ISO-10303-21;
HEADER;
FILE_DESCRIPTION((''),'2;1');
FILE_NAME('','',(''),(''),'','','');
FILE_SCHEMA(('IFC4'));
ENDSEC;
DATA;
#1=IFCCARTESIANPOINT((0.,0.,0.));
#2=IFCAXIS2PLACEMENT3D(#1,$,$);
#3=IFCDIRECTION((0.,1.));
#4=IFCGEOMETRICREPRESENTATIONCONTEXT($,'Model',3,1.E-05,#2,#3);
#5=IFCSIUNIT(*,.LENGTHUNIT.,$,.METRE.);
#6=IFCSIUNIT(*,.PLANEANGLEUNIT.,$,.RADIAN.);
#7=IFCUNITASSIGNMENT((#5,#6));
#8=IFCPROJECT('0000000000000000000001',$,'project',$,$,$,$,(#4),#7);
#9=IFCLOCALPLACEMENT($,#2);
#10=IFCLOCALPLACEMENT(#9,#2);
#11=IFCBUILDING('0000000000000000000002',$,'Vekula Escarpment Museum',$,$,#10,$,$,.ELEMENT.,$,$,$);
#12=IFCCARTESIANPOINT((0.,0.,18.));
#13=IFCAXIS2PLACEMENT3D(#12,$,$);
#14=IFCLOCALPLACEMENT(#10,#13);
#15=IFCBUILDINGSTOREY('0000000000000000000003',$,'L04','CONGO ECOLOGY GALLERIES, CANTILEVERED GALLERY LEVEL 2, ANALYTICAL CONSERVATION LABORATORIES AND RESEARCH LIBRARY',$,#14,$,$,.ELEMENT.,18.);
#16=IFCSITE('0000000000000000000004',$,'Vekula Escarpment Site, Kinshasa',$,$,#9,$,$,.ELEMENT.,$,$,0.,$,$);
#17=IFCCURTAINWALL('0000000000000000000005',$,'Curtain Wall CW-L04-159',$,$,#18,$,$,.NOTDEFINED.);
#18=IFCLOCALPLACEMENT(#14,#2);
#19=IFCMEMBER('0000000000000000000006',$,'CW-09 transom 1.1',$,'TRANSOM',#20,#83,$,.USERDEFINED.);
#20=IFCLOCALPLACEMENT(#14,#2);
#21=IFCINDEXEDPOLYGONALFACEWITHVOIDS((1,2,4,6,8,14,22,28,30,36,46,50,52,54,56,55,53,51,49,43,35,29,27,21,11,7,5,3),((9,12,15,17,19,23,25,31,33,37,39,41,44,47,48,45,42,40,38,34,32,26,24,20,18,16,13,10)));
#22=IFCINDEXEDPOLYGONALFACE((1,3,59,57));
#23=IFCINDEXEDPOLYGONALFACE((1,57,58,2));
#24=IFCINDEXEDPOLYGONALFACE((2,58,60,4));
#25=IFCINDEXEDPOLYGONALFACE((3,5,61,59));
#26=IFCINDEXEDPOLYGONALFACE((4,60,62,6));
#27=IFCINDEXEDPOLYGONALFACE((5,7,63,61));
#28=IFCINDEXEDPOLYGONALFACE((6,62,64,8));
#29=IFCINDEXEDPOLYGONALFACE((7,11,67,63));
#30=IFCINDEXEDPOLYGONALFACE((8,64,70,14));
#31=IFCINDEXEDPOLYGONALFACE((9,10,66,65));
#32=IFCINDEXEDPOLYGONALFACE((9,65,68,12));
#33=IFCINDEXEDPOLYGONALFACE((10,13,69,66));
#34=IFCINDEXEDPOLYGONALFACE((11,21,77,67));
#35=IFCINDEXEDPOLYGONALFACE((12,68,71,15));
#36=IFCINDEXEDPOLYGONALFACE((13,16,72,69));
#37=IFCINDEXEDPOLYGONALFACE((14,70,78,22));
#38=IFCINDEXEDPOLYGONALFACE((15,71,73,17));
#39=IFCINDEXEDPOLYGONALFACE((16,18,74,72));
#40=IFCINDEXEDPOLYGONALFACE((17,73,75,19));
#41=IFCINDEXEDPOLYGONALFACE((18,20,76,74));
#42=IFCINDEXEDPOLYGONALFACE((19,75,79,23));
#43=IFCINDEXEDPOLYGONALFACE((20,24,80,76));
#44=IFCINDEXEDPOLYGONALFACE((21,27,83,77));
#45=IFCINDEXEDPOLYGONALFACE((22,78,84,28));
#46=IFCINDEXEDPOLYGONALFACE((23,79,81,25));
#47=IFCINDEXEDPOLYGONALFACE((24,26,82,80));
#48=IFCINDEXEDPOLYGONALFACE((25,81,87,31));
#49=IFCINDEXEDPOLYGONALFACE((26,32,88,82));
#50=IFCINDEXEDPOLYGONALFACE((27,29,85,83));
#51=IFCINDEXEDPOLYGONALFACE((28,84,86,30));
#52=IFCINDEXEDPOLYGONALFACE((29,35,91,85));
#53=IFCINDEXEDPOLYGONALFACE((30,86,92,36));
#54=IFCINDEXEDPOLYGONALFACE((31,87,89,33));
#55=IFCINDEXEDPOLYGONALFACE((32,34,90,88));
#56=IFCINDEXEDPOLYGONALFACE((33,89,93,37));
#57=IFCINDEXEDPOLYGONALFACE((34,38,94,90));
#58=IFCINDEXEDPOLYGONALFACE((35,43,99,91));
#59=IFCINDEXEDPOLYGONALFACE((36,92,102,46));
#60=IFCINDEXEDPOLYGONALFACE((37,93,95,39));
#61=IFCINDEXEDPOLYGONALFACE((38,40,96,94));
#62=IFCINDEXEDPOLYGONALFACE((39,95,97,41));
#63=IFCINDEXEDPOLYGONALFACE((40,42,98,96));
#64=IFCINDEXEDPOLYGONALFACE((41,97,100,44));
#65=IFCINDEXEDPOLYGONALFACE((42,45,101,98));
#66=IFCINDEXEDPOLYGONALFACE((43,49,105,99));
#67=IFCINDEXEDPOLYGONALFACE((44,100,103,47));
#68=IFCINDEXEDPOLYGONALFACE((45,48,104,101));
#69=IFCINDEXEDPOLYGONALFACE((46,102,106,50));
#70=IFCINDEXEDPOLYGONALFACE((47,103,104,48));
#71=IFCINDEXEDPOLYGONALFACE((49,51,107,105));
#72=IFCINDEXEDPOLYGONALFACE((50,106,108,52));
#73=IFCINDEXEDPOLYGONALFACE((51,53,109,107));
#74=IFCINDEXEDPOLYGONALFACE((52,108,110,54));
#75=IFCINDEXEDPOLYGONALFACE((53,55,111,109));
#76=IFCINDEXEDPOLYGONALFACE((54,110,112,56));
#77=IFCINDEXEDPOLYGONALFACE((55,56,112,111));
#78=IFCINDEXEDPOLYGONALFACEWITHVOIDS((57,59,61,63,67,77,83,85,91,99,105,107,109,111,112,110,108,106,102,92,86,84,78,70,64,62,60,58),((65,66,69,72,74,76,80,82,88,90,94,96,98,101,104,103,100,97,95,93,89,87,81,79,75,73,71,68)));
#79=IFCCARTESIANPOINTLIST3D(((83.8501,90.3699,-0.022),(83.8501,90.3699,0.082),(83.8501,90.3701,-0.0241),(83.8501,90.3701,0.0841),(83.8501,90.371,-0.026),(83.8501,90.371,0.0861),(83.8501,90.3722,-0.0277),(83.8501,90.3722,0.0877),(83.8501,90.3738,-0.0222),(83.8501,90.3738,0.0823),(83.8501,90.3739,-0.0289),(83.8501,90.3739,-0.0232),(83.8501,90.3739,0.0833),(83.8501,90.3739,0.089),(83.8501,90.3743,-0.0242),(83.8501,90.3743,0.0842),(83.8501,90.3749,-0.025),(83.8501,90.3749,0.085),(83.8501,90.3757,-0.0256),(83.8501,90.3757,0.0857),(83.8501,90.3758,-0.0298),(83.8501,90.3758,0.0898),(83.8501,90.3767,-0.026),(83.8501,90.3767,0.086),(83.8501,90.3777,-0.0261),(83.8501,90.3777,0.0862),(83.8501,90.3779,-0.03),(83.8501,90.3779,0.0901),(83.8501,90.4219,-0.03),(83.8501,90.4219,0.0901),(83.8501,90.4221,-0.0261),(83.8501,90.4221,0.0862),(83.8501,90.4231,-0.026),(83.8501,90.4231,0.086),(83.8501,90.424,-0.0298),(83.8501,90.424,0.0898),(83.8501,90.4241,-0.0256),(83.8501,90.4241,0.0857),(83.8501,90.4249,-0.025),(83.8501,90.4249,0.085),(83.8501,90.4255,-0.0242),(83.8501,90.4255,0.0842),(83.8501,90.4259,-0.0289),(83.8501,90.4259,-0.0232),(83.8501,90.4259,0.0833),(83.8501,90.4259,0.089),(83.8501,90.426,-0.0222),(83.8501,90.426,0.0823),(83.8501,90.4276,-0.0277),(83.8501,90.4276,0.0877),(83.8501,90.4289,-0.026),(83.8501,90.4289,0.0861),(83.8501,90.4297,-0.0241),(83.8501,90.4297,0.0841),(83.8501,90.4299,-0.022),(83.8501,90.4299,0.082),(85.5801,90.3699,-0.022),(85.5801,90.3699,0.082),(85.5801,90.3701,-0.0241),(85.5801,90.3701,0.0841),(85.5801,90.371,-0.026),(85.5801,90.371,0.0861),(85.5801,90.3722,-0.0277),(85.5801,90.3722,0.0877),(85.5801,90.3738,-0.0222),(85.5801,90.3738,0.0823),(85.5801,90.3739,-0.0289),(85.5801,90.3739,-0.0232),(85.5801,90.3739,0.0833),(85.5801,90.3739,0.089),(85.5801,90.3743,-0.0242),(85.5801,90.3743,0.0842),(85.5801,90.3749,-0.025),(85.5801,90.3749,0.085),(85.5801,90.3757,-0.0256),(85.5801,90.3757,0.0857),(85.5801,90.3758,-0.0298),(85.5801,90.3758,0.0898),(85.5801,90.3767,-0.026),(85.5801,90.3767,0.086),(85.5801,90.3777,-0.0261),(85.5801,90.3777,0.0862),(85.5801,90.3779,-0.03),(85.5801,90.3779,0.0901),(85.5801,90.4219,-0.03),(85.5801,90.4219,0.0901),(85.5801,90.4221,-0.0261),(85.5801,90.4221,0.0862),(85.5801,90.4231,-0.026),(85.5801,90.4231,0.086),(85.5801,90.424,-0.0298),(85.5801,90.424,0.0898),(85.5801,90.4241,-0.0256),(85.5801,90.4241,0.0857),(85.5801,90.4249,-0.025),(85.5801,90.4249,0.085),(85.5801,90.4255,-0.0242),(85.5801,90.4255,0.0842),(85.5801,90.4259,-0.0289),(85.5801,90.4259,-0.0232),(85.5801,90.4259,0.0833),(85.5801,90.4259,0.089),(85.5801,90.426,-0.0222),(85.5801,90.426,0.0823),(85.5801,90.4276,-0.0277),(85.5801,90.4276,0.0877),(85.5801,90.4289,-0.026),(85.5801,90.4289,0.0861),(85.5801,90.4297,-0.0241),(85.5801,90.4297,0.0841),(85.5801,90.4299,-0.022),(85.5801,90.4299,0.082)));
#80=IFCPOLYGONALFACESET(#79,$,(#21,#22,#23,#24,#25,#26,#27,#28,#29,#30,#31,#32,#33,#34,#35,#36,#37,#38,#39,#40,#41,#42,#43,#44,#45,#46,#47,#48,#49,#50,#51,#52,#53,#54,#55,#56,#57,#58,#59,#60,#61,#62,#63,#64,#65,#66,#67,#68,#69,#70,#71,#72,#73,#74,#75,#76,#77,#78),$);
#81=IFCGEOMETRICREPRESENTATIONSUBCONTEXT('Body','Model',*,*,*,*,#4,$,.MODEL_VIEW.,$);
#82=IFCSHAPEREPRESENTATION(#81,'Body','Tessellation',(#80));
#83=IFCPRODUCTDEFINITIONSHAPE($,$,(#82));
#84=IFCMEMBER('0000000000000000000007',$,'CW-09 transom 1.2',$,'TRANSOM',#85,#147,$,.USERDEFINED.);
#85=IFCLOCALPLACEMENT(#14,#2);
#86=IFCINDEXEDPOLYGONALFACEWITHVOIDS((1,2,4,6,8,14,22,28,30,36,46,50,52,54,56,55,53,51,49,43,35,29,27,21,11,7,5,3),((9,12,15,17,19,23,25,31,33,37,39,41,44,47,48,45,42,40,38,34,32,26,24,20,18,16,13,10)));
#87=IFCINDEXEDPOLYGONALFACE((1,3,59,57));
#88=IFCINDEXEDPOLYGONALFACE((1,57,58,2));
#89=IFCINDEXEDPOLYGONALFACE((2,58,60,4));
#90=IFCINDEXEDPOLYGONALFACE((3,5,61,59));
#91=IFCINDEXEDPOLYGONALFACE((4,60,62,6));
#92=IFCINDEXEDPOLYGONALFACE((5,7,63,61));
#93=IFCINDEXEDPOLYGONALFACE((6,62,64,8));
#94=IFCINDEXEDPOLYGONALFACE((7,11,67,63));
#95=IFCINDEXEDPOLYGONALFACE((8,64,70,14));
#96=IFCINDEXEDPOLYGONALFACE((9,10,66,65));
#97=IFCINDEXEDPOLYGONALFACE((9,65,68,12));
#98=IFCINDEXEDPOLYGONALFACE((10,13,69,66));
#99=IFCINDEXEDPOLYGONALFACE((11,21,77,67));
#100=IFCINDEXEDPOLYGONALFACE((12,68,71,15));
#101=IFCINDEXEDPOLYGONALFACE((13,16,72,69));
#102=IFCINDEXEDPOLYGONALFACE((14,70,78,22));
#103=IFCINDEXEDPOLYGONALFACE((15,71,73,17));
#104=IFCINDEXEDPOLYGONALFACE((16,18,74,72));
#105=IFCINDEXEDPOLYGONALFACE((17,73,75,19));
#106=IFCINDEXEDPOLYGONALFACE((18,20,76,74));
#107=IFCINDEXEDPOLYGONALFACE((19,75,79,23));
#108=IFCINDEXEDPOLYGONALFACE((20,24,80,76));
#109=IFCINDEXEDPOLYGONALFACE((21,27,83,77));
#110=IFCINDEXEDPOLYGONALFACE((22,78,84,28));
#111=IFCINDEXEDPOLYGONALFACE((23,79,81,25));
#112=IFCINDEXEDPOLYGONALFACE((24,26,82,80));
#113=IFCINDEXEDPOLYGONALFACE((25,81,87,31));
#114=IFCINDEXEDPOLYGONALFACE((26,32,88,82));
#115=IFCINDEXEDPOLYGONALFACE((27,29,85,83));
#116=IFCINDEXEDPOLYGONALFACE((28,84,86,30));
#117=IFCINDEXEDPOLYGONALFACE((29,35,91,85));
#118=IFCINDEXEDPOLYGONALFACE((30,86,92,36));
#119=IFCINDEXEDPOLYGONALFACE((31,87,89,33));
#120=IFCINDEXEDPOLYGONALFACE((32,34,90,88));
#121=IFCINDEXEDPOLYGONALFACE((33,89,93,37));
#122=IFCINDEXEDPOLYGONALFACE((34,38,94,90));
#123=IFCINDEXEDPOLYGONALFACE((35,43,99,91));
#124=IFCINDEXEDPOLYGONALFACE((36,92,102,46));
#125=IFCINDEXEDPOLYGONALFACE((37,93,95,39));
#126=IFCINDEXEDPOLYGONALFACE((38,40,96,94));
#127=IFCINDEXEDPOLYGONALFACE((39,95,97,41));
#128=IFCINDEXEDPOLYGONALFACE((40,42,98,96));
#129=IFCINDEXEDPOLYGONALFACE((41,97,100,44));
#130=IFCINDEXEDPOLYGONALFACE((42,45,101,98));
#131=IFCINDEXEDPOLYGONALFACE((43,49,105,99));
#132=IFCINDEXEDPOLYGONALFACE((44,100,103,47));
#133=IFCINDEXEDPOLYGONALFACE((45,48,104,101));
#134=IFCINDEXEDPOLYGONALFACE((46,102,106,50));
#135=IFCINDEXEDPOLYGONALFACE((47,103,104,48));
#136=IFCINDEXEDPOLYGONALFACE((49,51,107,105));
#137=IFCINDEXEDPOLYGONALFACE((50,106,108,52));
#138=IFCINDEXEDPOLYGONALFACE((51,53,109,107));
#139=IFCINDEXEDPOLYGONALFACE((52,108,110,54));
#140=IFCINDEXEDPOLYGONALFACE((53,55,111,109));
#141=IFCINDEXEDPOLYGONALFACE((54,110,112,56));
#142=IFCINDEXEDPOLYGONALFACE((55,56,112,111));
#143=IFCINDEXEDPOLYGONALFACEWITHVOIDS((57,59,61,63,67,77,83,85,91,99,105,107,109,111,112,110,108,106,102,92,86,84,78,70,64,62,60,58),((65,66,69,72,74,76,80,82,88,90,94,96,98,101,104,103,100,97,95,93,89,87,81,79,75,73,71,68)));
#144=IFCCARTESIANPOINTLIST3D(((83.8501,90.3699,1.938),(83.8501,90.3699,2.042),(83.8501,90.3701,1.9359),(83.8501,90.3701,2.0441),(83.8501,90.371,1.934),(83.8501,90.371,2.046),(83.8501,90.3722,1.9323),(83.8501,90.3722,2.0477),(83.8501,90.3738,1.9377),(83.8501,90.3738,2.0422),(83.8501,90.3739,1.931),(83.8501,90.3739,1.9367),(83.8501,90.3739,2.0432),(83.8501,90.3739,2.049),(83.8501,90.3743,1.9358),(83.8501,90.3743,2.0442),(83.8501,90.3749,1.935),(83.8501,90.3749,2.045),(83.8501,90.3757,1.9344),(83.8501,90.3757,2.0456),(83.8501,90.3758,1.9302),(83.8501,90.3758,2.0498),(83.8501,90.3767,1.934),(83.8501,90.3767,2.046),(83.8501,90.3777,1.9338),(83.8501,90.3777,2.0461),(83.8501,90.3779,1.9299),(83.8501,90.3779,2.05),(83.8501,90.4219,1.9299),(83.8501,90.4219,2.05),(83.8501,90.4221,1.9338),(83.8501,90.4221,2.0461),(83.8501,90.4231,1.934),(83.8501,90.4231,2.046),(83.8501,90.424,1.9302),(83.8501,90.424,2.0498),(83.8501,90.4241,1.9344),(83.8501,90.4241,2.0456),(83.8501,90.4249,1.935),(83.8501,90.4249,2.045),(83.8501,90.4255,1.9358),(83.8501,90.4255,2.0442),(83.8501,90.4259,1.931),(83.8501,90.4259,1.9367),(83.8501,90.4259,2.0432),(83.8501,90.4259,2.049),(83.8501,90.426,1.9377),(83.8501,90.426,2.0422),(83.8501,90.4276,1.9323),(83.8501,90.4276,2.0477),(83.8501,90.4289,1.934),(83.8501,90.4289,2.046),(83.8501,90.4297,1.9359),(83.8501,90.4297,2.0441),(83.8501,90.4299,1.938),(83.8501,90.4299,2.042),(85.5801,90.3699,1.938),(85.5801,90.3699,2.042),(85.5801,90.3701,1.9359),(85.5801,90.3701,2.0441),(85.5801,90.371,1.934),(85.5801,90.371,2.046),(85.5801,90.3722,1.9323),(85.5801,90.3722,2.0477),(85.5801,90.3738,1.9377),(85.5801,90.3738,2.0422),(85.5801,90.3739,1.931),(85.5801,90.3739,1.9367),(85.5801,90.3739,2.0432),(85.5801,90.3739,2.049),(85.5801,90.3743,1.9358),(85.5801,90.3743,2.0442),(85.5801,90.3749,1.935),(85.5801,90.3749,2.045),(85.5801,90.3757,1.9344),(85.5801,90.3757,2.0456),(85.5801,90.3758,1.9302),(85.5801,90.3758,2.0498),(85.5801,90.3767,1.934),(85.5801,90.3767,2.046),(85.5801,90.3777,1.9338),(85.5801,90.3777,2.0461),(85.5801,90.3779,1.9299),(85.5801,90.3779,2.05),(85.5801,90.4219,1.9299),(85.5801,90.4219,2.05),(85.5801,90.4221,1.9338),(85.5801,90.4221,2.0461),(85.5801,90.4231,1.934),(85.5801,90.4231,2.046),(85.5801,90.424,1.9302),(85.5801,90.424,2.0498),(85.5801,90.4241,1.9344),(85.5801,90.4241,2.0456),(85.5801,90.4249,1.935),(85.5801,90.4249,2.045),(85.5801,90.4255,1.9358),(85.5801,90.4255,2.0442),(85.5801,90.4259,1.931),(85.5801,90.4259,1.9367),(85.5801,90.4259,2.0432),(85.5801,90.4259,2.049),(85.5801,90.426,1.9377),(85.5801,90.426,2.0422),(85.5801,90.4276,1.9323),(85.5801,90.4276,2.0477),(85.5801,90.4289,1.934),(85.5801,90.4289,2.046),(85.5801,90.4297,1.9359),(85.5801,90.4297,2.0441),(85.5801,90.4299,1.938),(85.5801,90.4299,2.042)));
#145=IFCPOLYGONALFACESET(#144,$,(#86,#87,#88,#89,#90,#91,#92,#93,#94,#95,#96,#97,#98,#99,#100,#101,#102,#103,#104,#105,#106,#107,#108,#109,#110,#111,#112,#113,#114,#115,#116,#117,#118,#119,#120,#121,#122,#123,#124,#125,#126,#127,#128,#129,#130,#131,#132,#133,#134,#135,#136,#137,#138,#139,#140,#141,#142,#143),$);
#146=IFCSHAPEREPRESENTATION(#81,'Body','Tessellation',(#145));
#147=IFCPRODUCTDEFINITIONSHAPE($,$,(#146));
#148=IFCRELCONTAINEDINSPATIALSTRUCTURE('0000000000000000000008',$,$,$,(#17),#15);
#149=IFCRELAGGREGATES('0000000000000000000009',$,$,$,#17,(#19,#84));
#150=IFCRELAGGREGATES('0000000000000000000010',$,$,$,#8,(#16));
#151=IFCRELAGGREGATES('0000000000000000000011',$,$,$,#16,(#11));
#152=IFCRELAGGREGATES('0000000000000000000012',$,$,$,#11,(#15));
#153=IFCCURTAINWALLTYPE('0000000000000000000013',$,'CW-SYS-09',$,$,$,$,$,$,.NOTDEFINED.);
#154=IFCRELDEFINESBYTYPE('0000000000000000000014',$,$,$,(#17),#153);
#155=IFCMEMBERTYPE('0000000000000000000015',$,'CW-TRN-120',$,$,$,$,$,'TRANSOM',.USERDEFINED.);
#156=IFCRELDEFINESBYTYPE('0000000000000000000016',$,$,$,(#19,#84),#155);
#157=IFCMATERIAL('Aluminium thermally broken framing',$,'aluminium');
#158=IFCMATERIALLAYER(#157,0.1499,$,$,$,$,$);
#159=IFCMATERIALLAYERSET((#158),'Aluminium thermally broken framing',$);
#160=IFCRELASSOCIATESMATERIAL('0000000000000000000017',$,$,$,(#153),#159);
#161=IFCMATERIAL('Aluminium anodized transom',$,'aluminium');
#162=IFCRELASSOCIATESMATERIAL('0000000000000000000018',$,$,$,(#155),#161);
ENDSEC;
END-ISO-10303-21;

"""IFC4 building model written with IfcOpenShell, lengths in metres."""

from ifc_helpers import new_model, si_unit, direction, frame, origin, origin_2d, place, context, subcontext, project, spatial, hollow_rectangle, extrude, material, layer, layer_set, material_profile, profile_set, type_object, element, aggregate, save


model = new_model("IFC4")

# Units and contexts
model_context = context("Model", 3, precision=1e-05, world=origin(), true_north=direction((0.0, 1.0)))
body_context = subcontext(model_context, "Body", "Model", "MODEL_VIEW")
ifc_project = project(units=[si_unit("LENGTHUNIT", "METRE"), si_unit("PLANEANGLEUNIT", "RADIAN")], contexts=[model_context])

# Site, building, storey
site_placement = place(None, origin())
site = spatial("IfcSite", under=ifc_project, at=site_placement, Name="Vekula Escarpment Site, Kinshasa", CompositionType="ELEMENT", RefElevation=0.0)
building_placement = place(site_placement, origin())
building = spatial("IfcBuilding", under=site, at=building_placement, Name="Vekula Escarpment Museum", CompositionType="ELEMENT")
storey_placement = place(building_placement, frame((0.0, 0.0, 18.0)))
storey = spatial("IfcBuildingStorey", under=building, at=storey_placement, Name="L04", Description="CONGO ECOLOGY GALLERIES, CANTILEVERED GALLERY LEVEL 2, ANALYTICAL CONSERVATION LABORATORIES AND RESEARCH LIBRARY", CompositionType="ELEMENT", Elevation=18.0)

# Curtain wall
ifc_material_1 = material(Name="Aluminium thermally broken framing", Category="aluminium")
ifc_layer_1 = layer(ifc_material_1, 0.1499)
ifc_layer_set_1 = layer_set([ifc_layer_1], Name="Aluminium thermally broken framing")
curtain_wall_type_1 = type_object("IfcCurtainWallType", Name="CW-SYS-09", PredefinedType="NOTDEFINED", material=ifc_layer_set_1)
curtain_wall_1_placement = place(storey_placement, origin())
curtain_wall_1 = element("IfcCurtainWall", 1, at=curtain_wall_1_placement, inside=storey, type_object=curtain_wall_type_1, Name="Curtain Wall CW-L04-159", PredefinedType="NOTDEFINED")

# Members
ifc_material_2 = material(Name="Aluminium anodized transom", Category="aluminium")
ifc_material_profile_1 = material_profile(ifc_material_2, hollow_rectangle(XDim=0.0601, YDim=0.1201, WallThickness=0.0039, InnerFilletRadius=0.0039, OuterFilletRadius=0.0081, at=origin_2d()), Name="ALU 120x60x4")
ifc_profile_set_1 = profile_set([ifc_material_profile_1], Name="Aluminium anodized transom")
member_type_1 = type_object("IfcMemberType", Name="CW-TRN-120", ElementType="TRANSOM", PredefinedType="USERDEFINED", material=ifc_profile_set_1)
member_1_placement = place(storey_placement, frame((85.5801, 90.3999, 0.03), z_axis=(-1.0, 0.0, 0.0), x_axis=(0.0, -1.0, 0.0)))
member_1 = element("IfcMember", 2, at=member_1_placement, type_object=member_type_1, Name="CW-09 transom 1.1", ObjectType="TRANSOM", PredefinedType="USERDEFINED", context=body_context, shape_type="SweptSolid", body=[
    extrude(hollow_rectangle(XDim=0.0601, YDim=0.1201, WallThickness=0.0039, InnerFilletRadius=0.0039, OuterFilletRadius=0.0081, at=origin_2d()), origin(), (0.0, 0.0, 1.0), 1.73),
])
member_2_placement = place(storey_placement, frame((85.5801, 90.3999, 1.99), z_axis=(-1.0, 0.0, 0.0), x_axis=(0.0, -1.0, 0.0)))
member_2 = element("IfcMember", 3, at=member_2_placement, type_object=member_type_1, Name="CW-09 transom 1.2", ObjectType="TRANSOM", PredefinedType="USERDEFINED", context=body_context, shape_type="SweptSolid", body=[
    extrude(hollow_rectangle(XDim=0.0601, YDim=0.1201, WallThickness=0.0039, InnerFilletRadius=0.0039, OuterFilletRadius=0.0081, at=origin_2d()), origin(), (0.0, 0.0, 1.0), 1.73),
])

aggregate(curtain_wall_1, [member_1, member_2])

save(model, "model.ifc")
